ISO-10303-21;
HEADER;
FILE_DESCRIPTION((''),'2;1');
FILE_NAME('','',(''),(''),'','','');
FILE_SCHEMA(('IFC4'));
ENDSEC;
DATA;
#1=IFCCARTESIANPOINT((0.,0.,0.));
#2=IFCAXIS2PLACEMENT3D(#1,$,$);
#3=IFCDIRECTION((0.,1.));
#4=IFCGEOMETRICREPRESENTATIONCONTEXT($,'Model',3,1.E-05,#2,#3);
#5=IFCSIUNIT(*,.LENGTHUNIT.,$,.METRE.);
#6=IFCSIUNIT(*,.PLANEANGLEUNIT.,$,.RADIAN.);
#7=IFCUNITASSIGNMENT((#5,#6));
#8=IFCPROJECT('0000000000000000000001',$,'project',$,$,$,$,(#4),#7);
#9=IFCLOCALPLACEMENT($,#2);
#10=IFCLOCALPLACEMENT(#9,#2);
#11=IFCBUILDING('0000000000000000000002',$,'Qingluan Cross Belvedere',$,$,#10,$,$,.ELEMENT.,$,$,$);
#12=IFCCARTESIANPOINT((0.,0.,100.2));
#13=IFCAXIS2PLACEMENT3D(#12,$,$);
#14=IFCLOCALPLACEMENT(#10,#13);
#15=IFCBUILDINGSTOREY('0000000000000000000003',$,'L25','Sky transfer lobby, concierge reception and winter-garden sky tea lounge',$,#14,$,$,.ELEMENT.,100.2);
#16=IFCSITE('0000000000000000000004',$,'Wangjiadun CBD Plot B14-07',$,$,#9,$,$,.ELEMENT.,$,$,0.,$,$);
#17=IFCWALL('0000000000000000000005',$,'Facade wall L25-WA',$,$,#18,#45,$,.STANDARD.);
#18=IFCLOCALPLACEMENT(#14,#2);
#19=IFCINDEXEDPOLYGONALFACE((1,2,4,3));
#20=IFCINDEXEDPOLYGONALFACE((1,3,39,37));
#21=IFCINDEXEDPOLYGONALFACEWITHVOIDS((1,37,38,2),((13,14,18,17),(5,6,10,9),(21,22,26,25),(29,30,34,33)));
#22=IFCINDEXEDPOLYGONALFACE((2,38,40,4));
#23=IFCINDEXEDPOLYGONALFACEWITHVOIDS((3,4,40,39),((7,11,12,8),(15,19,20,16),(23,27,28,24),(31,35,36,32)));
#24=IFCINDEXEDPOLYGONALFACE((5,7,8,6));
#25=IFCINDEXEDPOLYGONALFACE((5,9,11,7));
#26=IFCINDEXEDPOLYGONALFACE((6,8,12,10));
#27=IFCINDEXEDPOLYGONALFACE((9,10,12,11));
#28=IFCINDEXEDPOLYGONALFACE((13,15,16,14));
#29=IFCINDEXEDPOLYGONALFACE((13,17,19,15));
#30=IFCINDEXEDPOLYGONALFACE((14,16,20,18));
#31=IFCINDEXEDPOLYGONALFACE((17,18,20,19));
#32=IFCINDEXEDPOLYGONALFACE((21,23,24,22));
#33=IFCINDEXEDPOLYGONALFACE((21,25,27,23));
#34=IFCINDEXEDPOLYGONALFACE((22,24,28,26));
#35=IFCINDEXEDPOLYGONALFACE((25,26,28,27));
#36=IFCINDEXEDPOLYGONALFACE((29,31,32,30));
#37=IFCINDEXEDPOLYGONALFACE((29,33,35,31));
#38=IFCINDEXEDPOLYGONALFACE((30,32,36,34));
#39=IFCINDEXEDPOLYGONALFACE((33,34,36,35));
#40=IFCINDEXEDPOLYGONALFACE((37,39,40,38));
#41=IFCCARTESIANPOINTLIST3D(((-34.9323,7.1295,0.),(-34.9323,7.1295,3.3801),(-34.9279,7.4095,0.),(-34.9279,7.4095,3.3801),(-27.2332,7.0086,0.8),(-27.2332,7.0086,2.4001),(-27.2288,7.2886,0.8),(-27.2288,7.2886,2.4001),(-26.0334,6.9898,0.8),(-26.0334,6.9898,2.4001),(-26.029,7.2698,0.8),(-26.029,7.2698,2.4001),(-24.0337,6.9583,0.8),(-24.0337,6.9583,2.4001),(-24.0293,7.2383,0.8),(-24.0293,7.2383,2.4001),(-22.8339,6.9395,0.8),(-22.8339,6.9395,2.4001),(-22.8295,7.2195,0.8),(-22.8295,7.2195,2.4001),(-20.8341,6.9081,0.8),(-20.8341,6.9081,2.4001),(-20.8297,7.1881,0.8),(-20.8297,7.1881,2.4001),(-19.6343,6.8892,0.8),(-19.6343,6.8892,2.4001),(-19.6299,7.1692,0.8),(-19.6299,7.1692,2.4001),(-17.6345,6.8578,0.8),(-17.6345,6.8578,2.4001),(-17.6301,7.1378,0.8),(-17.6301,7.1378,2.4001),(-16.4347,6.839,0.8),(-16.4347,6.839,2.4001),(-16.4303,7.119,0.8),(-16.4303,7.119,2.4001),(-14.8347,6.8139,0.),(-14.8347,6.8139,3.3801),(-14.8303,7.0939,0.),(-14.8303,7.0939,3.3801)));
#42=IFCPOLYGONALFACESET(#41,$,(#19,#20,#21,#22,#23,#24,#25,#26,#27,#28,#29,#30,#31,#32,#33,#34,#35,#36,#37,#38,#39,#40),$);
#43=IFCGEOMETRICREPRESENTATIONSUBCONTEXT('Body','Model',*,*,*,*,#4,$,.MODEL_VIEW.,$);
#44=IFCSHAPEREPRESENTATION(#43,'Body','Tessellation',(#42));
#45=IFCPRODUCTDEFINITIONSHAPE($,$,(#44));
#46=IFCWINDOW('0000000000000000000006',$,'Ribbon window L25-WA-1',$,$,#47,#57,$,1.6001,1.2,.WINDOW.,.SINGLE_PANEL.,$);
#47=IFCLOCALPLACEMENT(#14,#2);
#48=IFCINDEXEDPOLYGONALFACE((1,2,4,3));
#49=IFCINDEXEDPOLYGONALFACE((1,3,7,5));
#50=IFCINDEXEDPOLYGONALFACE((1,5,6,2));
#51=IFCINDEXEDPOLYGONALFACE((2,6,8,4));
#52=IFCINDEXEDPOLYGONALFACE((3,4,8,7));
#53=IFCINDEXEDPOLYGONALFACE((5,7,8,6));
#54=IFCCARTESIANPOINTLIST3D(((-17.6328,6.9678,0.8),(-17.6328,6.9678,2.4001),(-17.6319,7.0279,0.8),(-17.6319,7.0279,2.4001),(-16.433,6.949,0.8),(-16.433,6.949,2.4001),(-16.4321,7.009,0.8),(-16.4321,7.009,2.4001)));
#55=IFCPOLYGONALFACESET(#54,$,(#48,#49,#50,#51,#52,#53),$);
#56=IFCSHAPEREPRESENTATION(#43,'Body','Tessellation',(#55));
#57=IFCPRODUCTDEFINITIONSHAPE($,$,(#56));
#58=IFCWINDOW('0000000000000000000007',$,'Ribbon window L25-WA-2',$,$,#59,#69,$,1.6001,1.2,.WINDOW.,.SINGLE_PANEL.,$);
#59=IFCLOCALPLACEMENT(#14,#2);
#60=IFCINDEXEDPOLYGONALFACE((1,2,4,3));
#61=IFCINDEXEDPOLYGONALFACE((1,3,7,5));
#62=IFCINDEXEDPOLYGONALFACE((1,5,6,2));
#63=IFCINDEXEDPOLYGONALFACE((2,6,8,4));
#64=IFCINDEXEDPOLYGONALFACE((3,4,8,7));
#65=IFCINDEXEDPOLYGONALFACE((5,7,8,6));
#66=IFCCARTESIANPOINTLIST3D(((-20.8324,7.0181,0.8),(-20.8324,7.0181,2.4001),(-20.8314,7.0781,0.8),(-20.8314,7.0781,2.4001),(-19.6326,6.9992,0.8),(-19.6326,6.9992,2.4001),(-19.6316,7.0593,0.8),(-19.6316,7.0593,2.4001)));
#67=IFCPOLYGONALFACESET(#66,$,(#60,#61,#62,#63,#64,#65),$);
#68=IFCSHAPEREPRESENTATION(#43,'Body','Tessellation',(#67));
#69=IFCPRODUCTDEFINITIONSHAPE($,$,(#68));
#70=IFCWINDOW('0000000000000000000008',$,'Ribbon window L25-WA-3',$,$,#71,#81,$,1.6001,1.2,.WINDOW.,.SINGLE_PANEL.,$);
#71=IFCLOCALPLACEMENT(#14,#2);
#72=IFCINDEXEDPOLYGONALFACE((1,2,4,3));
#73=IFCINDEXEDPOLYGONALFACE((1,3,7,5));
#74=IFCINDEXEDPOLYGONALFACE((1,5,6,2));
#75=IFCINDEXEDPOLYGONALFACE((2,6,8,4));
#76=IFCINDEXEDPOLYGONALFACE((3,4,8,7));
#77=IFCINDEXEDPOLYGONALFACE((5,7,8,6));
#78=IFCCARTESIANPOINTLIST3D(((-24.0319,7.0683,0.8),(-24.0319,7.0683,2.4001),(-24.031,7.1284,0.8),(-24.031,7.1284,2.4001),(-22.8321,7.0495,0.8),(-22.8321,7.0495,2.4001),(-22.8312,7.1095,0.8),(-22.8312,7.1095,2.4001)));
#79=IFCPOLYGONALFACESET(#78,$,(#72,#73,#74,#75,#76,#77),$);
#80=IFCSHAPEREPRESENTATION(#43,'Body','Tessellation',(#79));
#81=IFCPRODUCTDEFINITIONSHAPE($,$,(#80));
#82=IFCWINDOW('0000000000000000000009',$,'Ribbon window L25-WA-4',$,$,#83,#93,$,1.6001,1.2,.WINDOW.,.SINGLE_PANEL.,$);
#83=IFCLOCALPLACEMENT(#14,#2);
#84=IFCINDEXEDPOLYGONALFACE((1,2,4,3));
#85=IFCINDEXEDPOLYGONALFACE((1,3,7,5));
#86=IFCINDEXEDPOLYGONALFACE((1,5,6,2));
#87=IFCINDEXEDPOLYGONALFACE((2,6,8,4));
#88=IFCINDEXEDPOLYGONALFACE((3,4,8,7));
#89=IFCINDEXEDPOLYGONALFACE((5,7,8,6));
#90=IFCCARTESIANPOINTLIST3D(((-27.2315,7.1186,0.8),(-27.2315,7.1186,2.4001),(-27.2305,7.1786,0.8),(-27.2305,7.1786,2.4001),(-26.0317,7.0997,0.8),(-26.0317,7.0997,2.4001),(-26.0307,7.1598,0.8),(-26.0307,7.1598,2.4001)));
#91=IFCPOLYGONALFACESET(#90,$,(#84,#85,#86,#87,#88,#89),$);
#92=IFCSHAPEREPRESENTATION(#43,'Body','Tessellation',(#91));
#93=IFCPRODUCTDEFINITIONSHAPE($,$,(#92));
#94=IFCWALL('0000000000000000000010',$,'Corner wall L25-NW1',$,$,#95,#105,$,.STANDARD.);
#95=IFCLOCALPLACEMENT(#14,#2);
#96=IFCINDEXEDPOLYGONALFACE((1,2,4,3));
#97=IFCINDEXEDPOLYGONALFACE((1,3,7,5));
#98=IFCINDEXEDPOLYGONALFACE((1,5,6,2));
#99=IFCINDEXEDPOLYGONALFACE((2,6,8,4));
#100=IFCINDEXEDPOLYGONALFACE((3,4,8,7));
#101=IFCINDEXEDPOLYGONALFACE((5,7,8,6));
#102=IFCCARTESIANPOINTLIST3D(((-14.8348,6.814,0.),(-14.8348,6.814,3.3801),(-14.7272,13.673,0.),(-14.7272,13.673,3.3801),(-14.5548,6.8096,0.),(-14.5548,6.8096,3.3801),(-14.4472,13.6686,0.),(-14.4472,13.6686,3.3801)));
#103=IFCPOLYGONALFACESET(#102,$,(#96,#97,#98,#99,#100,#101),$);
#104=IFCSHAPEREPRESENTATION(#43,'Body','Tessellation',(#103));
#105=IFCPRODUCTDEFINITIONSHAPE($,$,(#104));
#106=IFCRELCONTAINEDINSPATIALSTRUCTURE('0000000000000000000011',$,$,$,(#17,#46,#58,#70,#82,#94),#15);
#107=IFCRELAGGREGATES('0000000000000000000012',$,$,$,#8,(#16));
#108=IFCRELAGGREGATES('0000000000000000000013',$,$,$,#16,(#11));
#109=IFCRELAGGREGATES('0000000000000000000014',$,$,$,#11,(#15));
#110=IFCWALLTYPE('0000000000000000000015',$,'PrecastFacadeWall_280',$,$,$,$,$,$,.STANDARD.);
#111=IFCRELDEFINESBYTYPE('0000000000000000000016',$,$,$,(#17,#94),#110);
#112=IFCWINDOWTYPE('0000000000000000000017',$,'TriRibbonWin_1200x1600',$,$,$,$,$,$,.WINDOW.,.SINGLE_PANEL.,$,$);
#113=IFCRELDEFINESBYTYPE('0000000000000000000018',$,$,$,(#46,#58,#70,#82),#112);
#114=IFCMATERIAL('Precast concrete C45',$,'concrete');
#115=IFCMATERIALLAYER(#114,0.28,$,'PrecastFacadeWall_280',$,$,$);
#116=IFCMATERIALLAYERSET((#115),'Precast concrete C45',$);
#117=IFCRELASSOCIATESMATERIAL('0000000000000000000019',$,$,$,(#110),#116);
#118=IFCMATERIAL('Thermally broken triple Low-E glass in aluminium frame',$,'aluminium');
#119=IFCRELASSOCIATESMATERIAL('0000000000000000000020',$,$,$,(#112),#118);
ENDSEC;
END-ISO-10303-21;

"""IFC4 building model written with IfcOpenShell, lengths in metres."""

from ifc_helpers import new_model, si_unit, direction, frame, frame_2d, origin, place, context, subcontext, project, spatial, rectangle, extrude, material, layer, layer_set, type_object, element, fill, save


model = new_model("IFC4")

# Units and contexts
model_context = context("Model", 3, precision=1e-05, world=origin(), true_north=direction((0.0, 1.0)))
body_context = subcontext(model_context, "Body", "Model", "MODEL_VIEW")
ifc_project = project(units=[si_unit("LENGTHUNIT", "METRE"), si_unit("PLANEANGLEUNIT", "RADIAN")], contexts=[model_context])

# Site, building, storey
site_placement = place(None, origin())
site = spatial("IfcSite", under=ifc_project, at=site_placement, Name="Wangjiadun CBD Plot B14-07", CompositionType="ELEMENT", RefElevation=0.0)
building_placement = place(site_placement, origin())
building = spatial("IfcBuilding", under=site, at=building_placement, Name="Qingluan Cross Belvedere", CompositionType="ELEMENT")
storey_placement = place(building_placement, frame((0.0, 0.0, 100.2)))
storey = spatial("IfcBuildingStorey", under=building, at=storey_placement, Name="L25", Description="Sky transfer lobby, concierge reception and winter-garden sky tea lounge", CompositionType="ELEMENT", Elevation=100.2)

# Wall, openings, windows
ifc_material_1 = material(Name="Precast concrete C45", Category="concrete")
ifc_layer_1 = layer(ifc_material_1, 0.28, Name="PrecastFacadeWall_280")
ifc_layer_set_1 = layer_set([ifc_layer_1], Name="Precast concrete C45")
wall_type_1 = type_object("IfcWallType", Name="PrecastFacadeWall_280", PredefinedType="STANDARD", material=ifc_layer_set_1)
wall_1_placement = place(storey_placement, frame((-14.8325, 6.9539, 0.0), z_axis=(0.0, 0.0, 1.0), x_axis=(-0.999877, 0.015705, 0.0)))
wall_1 = element("IfcWall", 1, at=wall_1_placement, inside=storey, type_object=wall_type_1, Name="Facade wall L25-WA", PredefinedType="STANDARD", context=body_context, shape_type="SweptSolid", body=[
    extrude(rectangle(XDim=20.1001, YDim=0.28, at=frame_2d((10.05, 0.0))), origin(), (0.0, 0.0, 1.0), 3.3801),
])
opening_1_placement = place(wall_1_placement, frame((1.6001, 0.0, 0.8)))
opening_1 = element("IfcOpeningElement", 2, at=opening_1_placement, cuts=wall_1, PredefinedType="OPENING", context=body_context, shape_type="SweptSolid", body=[
    extrude(rectangle(XDim=1.2, YDim=1.6001, at=frame_2d((0.6001, 0.8))), frame((0.0, 0.1499, 0.0), z_axis=(0.0, -1.0, 0.0), x_axis=(1.0, 0.0, 0.0)), (0.0, 0.0, 1.0), 0.3),
])
opening_2_placement = place(wall_1_placement, frame((4.8, 0.0, 0.8)))
opening_2 = element("IfcOpeningElement", 3, at=opening_2_placement, cuts=wall_1, PredefinedType="OPENING", context=body_context, shape_type="SweptSolid", body=[
    extrude(rectangle(XDim=1.2, YDim=1.6001, at=frame_2d((0.6001, 0.8))), frame((0.0, 0.1499, 0.0), z_axis=(0.0, -1.0, 0.0), x_axis=(1.0, 0.0, 0.0)), (0.0, 0.0, 1.0), 0.3),
])
opening_3_placement = place(wall_1_placement, frame((8.0, 0.0, 0.8)))
opening_3 = element("IfcOpeningElement", 4, at=opening_3_placement, cuts=wall_1, PredefinedType="OPENING", context=body_context, shape_type="SweptSolid", body=[
    extrude(rectangle(XDim=1.2, YDim=1.6001, at=frame_2d((0.6001, 0.8))), frame((0.0, 0.1499, 0.0), z_axis=(0.0, -1.0, 0.0), x_axis=(1.0, 0.0, 0.0)), (0.0, 0.0, 1.0), 0.3),
])
opening_4_placement = place(wall_1_placement, frame((11.2, 0.0, 0.8)))
opening_4 = element("IfcOpeningElement", 5, at=opening_4_placement, cuts=wall_1, PredefinedType="OPENING", context=body_context, shape_type="SweptSolid", body=[
    extrude(rectangle(XDim=1.2, YDim=1.6001, at=frame_2d((0.6001, 0.8))), frame((0.0, 0.1499, 0.0), z_axis=(0.0, -1.0, 0.0), x_axis=(1.0, 0.0, 0.0)), (0.0, 0.0, 1.0), 0.3),
])
ifc_material_2 = material(Name="Thermally broken triple Low-E glass in aluminium frame", Category="aluminium")
window_type = type_object("IfcWindowType", Name="TriRibbonWin_1200x1600", PartitioningType="SINGLE_PANEL", PredefinedType="WINDOW", material=ifc_material_2)
window_1_placement = place(opening_1_placement, origin())
window_1 = element("IfcWindow", 6, at=window_1_placement, inside=storey, type_object=window_type, Name="Ribbon window L25-WA-1", OverallHeight=1.6001, OverallWidth=1.2, PartitioningType="SINGLE_PANEL", PredefinedType="WINDOW", context=body_context, shape_type="SweptSolid", body=[
    extrude(rectangle(XDim=1.2, YDim=1.6001, at=frame_2d((0.6001, 0.8))), frame((0.0, 0.03, 0.0), z_axis=(0.0, -1.0, 0.0), x_axis=(1.0, 0.0, 0.0)), (0.0, 0.0, 1.0), 0.0601),
])
fill(opening_1, window_1)
window_2_placement = place(opening_2_placement, origin())
window_2 = element("IfcWindow", 7, at=window_2_placement, inside=storey, type_object=window_type, Name="Ribbon window L25-WA-2", OverallHeight=1.6001, OverallWidth=1.2, PartitioningType="SINGLE_PANEL", PredefinedType="WINDOW", context=body_context, shape_type="SweptSolid", body=[
    extrude(rectangle(XDim=1.2, YDim=1.6001, at=frame_2d((0.6001, 0.8))), frame((0.0, 0.03, 0.0), z_axis=(0.0, -1.0, 0.0), x_axis=(1.0, 0.0, 0.0)), (0.0, 0.0, 1.0), 0.0601),
])
fill(opening_2, window_2)
window_3_placement = place(opening_3_placement, origin())
window_3 = element("IfcWindow", 8, at=window_3_placement, inside=storey, type_object=window_type, Name="Ribbon window L25-WA-3", OverallHeight=1.6001, OverallWidth=1.2, PartitioningType="SINGLE_PANEL", PredefinedType="WINDOW", context=body_context, shape_type="SweptSolid", body=[
    extrude(rectangle(XDim=1.2, YDim=1.6001, at=frame_2d((0.6001, 0.8))), frame((0.0, 0.03, 0.0), z_axis=(0.0, -1.0, 0.0), x_axis=(1.0, 0.0, 0.0)), (0.0, 0.0, 1.0), 0.0601),
])
fill(opening_3, window_3)
window_4_placement = place(opening_4_placement, origin())
window_4 = element("IfcWindow", 9, at=window_4_placement, inside=storey, type_object=window_type, Name="Ribbon window L25-WA-4", OverallHeight=1.6001, OverallWidth=1.2, PartitioningType="SINGLE_PANEL", PredefinedType="WINDOW", context=body_context, shape_type="SweptSolid", body=[
    extrude(rectangle(XDim=1.2, YDim=1.6001, at=frame_2d((0.6001, 0.8))), frame((0.0, 0.03, 0.0), z_axis=(0.0, -1.0, 0.0), x_axis=(1.0, 0.0, 0.0)), (0.0, 0.0, 1.0), 0.0601),
])
fill(opening_4, window_4)

# Wall
wall_2_placement = place(storey_placement, frame((-14.6948, 6.8118, 0.0), z_axis=(0.0, 0.0, 1.0), x_axis=(0.015695, 0.999877, 0.0)))
element("IfcWall", 10, at=wall_2_placement, inside=storey, type_object=wall_type_1, Name="Corner wall L25-NW1", PredefinedType="STANDARD", context=body_context, shape_type="SweptSolid", body=[
    extrude(rectangle(XDim=6.8599, YDim=0.28, at=frame_2d((3.4299, 0.0))), origin(), (0.0, 0.0, 1.0), 3.3801),
])

save(model, "model.ifc")
